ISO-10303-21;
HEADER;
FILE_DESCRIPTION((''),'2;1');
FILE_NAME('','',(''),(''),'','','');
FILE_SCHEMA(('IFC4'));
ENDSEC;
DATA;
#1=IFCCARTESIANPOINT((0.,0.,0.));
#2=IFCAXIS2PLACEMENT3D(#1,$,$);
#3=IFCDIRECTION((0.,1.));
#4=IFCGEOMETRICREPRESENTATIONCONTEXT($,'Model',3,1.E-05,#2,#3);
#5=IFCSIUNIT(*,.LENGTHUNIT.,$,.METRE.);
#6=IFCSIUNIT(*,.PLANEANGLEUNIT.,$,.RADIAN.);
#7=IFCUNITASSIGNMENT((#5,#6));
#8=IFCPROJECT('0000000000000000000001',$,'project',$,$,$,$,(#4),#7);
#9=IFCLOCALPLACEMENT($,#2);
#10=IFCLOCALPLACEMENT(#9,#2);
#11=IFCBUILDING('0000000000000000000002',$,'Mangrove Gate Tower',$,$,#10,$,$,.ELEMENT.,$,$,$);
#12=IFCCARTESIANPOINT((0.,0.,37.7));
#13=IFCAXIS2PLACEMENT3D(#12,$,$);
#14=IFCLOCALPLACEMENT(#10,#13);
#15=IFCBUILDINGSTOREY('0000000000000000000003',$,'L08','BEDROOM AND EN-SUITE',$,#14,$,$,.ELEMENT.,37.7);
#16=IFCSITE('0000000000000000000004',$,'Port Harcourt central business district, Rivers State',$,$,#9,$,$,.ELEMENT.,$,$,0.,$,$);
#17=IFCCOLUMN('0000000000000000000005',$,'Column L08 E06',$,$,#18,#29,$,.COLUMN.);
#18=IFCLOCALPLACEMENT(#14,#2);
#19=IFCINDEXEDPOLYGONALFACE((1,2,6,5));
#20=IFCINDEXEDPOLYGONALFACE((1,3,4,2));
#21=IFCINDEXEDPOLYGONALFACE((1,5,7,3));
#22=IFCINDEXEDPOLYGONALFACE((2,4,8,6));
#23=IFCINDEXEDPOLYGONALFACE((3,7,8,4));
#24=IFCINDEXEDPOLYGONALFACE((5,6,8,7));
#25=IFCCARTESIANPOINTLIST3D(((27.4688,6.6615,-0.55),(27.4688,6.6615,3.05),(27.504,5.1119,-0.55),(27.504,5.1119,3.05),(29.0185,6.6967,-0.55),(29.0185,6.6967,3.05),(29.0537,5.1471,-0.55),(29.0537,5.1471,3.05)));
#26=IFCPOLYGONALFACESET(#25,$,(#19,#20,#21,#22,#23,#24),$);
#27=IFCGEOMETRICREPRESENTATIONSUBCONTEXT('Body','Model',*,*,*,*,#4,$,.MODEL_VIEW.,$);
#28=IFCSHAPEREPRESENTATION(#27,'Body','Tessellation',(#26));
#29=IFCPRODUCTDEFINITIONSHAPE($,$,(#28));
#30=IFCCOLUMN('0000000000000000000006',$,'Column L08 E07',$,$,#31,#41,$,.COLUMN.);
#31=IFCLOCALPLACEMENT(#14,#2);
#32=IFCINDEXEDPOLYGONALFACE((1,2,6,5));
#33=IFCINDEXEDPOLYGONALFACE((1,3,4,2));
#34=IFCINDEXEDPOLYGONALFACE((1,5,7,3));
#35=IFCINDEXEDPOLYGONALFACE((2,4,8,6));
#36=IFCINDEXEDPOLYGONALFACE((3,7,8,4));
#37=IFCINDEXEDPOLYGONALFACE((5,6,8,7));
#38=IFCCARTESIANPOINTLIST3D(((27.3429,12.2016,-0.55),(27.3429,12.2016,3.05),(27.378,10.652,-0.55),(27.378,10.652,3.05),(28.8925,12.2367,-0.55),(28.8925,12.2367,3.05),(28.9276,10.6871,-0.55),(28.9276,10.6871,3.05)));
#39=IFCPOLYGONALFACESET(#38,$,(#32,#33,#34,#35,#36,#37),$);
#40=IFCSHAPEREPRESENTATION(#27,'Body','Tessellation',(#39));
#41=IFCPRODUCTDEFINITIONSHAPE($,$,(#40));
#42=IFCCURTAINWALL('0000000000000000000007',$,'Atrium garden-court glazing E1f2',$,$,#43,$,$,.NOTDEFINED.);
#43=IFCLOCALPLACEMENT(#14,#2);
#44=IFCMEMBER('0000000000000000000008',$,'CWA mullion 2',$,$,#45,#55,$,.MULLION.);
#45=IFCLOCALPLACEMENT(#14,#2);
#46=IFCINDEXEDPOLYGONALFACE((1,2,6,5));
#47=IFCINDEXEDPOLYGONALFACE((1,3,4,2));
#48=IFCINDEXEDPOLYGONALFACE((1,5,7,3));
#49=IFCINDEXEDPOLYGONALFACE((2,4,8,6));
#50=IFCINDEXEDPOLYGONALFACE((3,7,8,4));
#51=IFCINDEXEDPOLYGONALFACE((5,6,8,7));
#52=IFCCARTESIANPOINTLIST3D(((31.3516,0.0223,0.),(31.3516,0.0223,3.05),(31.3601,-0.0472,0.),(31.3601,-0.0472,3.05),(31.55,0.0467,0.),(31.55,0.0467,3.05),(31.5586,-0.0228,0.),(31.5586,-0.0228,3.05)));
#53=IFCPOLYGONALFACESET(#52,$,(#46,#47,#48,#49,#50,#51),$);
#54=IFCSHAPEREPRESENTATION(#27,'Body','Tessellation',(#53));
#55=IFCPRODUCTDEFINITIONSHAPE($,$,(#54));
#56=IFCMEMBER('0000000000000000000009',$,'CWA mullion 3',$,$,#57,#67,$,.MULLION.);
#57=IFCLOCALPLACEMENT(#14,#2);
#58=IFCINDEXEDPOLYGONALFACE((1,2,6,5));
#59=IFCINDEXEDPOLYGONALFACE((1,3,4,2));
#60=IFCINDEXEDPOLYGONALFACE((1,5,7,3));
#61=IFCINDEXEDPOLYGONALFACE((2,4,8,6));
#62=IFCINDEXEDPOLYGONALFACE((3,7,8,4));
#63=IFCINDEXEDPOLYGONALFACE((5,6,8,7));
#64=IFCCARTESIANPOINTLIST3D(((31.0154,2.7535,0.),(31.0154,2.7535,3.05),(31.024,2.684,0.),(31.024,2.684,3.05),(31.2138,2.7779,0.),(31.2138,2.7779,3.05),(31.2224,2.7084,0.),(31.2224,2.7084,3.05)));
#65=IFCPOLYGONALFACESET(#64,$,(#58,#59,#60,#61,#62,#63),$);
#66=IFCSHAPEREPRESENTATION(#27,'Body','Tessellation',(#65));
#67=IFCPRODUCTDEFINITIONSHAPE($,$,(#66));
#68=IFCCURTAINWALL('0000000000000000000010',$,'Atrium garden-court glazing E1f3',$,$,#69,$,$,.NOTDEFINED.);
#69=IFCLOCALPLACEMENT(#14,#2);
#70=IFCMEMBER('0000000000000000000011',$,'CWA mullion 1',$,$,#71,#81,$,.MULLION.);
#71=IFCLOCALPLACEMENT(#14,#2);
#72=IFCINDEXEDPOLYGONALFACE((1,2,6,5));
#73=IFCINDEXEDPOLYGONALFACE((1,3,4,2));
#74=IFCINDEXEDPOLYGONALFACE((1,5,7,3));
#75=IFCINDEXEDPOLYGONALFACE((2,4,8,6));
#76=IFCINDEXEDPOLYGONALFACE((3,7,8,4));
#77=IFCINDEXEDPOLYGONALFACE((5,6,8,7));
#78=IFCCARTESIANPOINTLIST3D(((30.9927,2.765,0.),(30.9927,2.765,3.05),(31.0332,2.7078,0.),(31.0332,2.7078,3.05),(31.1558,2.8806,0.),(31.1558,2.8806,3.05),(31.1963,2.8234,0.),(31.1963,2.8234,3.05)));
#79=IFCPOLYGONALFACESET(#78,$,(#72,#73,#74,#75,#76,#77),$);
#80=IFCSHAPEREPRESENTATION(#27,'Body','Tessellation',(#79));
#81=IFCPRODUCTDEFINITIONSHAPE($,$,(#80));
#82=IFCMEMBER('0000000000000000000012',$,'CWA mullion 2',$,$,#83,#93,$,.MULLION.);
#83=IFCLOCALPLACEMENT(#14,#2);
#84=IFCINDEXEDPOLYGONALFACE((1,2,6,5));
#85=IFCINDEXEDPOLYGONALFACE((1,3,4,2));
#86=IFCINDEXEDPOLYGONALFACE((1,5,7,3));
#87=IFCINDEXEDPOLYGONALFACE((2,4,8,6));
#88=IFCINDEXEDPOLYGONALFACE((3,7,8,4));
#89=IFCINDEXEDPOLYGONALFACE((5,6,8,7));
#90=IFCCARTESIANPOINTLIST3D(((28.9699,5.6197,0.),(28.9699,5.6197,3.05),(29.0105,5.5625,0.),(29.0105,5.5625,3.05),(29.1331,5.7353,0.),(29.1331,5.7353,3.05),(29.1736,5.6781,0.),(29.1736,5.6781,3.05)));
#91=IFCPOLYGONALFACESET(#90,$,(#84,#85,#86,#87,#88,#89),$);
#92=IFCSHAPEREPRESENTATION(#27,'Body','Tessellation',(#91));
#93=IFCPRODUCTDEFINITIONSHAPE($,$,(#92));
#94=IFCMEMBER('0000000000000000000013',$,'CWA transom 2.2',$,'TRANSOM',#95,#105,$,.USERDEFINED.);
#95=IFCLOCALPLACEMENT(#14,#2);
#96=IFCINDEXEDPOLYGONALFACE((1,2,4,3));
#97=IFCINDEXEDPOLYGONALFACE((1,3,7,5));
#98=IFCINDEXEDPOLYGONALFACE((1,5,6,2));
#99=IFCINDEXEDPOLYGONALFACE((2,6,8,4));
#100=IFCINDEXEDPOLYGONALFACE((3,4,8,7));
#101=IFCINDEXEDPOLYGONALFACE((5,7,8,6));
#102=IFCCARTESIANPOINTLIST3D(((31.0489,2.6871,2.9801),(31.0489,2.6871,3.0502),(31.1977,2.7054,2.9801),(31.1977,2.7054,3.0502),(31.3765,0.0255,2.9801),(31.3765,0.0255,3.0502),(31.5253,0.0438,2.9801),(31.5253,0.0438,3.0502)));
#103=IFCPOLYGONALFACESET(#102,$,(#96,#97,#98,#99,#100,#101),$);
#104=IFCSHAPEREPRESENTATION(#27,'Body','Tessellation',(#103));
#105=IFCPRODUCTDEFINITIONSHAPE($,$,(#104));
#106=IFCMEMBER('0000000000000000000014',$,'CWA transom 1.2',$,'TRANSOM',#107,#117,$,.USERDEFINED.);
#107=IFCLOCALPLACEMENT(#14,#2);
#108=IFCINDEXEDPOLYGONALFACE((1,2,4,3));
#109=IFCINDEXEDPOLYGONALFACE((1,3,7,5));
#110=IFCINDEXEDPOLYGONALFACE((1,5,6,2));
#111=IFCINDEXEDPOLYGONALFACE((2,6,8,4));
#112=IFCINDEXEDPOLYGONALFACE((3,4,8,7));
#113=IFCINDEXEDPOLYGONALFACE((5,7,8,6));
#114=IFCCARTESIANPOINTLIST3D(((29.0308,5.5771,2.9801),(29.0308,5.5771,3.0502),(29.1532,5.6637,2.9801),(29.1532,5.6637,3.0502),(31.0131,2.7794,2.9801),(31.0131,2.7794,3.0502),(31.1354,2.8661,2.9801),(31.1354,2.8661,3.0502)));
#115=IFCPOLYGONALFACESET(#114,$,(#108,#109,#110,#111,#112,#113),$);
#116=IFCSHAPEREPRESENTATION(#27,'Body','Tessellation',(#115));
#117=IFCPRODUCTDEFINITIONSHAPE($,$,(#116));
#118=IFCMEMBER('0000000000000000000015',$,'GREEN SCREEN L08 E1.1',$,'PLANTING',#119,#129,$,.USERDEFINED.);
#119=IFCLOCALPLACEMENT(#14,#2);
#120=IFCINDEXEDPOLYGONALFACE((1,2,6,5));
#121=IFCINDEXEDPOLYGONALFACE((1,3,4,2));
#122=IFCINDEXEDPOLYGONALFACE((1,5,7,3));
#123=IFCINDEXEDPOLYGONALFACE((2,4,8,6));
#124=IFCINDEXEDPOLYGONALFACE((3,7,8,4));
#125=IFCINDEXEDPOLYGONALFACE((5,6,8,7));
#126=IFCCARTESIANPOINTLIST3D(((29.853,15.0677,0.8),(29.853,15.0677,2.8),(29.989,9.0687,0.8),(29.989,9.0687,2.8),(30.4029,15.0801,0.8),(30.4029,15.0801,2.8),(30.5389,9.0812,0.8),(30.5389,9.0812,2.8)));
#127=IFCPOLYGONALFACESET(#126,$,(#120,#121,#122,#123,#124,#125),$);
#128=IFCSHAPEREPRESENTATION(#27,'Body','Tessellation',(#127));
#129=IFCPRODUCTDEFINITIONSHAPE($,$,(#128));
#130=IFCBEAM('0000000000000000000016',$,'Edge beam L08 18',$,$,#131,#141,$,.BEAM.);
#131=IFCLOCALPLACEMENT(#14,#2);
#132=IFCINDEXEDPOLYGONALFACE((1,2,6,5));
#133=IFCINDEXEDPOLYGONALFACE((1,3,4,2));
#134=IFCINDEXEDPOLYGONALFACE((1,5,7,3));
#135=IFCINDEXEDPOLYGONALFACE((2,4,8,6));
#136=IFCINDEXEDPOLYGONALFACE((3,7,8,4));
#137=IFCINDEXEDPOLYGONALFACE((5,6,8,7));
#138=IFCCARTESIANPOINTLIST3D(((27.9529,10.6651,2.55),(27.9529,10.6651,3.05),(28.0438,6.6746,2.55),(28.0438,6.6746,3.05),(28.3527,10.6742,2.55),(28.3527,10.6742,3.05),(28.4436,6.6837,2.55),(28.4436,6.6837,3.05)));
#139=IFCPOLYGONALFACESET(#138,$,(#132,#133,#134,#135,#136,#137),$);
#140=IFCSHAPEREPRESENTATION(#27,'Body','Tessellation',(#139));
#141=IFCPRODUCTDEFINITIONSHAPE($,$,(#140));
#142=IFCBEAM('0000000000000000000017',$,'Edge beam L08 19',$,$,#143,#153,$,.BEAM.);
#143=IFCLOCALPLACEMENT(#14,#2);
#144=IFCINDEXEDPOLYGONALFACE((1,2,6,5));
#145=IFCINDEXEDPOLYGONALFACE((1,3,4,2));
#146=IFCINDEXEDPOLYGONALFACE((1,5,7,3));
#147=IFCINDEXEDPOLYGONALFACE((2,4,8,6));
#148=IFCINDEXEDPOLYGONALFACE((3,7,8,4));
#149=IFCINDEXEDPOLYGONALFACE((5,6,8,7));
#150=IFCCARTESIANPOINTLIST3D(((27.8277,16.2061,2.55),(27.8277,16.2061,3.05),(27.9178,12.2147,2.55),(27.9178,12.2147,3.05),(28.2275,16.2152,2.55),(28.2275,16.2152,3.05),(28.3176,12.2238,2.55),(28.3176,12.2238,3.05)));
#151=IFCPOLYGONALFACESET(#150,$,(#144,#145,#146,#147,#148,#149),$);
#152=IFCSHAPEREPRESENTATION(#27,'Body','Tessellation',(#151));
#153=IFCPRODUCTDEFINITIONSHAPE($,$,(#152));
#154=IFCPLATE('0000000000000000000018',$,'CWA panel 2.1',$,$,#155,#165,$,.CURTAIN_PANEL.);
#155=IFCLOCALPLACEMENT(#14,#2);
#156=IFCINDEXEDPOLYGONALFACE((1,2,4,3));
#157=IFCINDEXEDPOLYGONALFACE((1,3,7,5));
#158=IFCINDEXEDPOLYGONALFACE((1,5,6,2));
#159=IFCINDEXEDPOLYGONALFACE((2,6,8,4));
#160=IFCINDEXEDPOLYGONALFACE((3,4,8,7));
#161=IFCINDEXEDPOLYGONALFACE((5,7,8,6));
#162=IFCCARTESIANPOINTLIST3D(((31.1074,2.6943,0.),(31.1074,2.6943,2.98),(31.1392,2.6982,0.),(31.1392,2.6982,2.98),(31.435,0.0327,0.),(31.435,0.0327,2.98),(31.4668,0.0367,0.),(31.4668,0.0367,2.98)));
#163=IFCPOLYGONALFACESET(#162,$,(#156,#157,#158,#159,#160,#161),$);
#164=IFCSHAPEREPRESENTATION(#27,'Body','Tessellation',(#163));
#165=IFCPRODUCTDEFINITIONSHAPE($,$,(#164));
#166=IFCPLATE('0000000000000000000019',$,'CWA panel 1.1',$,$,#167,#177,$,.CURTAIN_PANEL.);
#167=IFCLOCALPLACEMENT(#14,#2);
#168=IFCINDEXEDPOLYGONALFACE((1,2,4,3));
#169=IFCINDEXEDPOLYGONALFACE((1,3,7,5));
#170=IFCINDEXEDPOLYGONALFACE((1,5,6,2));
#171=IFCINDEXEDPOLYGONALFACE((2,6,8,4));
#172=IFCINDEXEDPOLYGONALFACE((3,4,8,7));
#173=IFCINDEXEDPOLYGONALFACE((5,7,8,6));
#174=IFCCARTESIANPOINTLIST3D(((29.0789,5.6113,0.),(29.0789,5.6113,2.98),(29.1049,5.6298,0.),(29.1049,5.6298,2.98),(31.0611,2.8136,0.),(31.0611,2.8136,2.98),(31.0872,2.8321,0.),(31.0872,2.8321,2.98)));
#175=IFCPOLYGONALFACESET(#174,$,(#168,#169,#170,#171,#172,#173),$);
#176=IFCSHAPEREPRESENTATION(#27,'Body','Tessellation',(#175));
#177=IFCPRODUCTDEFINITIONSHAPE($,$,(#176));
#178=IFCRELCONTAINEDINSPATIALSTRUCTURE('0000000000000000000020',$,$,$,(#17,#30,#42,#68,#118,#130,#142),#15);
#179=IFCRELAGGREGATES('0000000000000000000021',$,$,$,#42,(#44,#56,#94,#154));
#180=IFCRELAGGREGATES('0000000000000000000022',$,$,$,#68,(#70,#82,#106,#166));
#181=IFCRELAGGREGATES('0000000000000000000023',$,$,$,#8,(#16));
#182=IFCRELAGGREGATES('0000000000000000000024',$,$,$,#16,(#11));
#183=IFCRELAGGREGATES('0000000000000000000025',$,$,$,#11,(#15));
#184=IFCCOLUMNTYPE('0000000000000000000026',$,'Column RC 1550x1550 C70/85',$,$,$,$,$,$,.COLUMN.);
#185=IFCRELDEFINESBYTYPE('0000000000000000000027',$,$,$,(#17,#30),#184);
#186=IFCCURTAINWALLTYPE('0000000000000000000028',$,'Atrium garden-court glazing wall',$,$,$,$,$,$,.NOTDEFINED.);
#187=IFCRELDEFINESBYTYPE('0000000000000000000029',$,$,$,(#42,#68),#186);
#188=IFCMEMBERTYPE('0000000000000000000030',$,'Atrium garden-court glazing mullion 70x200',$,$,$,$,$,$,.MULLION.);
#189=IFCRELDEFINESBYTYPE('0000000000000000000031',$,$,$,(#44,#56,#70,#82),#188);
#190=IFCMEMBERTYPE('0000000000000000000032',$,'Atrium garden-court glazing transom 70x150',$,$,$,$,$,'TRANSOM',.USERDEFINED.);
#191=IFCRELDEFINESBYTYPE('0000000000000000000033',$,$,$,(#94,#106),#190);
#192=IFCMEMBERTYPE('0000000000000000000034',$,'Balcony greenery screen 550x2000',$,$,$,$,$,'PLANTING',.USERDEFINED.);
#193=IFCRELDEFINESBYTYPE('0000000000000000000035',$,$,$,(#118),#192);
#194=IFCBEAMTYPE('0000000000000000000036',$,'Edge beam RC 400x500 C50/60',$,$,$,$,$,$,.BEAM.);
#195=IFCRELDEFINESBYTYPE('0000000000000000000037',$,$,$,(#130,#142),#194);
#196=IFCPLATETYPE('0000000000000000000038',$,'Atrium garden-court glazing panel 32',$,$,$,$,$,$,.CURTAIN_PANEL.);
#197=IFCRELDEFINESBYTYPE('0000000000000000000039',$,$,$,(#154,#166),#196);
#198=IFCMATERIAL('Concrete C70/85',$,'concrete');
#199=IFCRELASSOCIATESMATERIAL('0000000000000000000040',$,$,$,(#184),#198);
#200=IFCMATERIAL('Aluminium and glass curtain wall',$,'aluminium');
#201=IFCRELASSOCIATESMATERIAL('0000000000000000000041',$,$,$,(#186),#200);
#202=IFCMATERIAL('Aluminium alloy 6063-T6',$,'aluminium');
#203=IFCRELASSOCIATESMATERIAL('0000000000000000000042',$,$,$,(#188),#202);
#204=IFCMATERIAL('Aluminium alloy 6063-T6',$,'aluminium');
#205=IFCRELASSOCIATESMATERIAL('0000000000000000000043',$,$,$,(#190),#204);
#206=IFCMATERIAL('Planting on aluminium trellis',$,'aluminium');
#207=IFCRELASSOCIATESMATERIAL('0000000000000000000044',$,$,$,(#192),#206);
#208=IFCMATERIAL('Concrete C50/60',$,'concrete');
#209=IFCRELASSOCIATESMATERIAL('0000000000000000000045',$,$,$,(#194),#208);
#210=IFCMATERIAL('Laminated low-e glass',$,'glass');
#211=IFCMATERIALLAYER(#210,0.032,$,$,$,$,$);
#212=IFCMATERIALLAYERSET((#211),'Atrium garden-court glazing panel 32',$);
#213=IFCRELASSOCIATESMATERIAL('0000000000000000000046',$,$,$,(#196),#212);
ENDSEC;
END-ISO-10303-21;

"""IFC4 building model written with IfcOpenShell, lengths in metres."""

from ifc_helpers import new_model, si_unit, direction, frame, origin, origin_2d, place, context, subcontext, project, spatial, rectangle, extrude, material, layer, layer_set, material_profile, profile_set, type_object, element, aggregate, save


model = new_model("IFC4")

# Units and contexts
model_context = context("Model", 3, precision=1e-05, world=origin(), true_north=direction((0.0, 1.0)))
body_context = subcontext(model_context, "Body", "Model", "MODEL_VIEW")
ifc_project = project(units=[si_unit("LENGTHUNIT", "METRE"), si_unit("PLANEANGLEUNIT", "RADIAN")], contexts=[model_context])

# Site, building, storey
site_placement = place(None, origin())
site = spatial("IfcSite", under=ifc_project, at=site_placement, Name="Port Harcourt central business district, Rivers State", CompositionType="ELEMENT", RefElevation=0.0)
building_placement = place(site_placement, origin())
building = spatial("IfcBuilding", under=site, at=building_placement, Name="Mangrove Gate Tower", CompositionType="ELEMENT")
storey_placement = place(building_placement, frame((0.0, 0.0, 37.7)))
storey = spatial("IfcBuildingStorey", under=building, at=storey_placement, Name="L08", Description="BEDROOM AND EN-SUITE", CompositionType="ELEMENT", Elevation=37.7)

# Columns
ifc_material_1 = material(Name="Concrete C70/85", Category="concrete")
ifc_material_profile_1 = material_profile(ifc_material_1, rectangle(XDim=1.55, YDim=1.55, at=origin_2d()))
ifc_profile_set_1 = profile_set([ifc_material_profile_1], Name="Concrete C70/85")
column_type = type_object("IfcColumnType", Name="Column RC 1550x1550 C70/85", PredefinedType="COLUMN", material=ifc_profile_set_1)
for number, where, z_axis, x_axis, name in (
    (1, (28.2612, 5.9043, -0.55), (0.0, 0.0, 1.0), (-0.022704, 0.999742, 0.0), "Column L08 E06"),
    (2, (28.1353, 11.4443, -0.55), (0.0, 0.0, 1.0), (-0.022646, 0.999744, 0.0), "Column L08 E07"),
):
    element("IfcColumn", number, at=place(storey_placement, frame(where, z_axis=z_axis, x_axis=x_axis)), inside=storey, type_object=column_type, Name=name, PredefinedType="COLUMN", context=body_context, shape_type="SweptSolid", body=[
        extrude(rectangle(XDim=1.55, YDim=1.55, at=origin_2d()), origin(), (0.0, 0.0, 1.0), 3.6001),
    ])

# Curtain walls, members
ifc_material_2 = material(Name="Aluminium and glass curtain wall", Category="aluminium")
curtain_wall_type = type_object("IfcCurtainWallType", Name="Atrium garden-court glazing wall", PredefinedType="NOTDEFINED", material=ifc_material_2)
curtain_wall_1_placement = place(storey_placement, origin())
curtain_wall_1 = element("IfcCurtainWall", 3, at=curtain_wall_1_placement, inside=storey, type_object=curtain_wall_type, Name="Atrium garden-court glazing E1f2", PredefinedType="NOTDEFINED")
ifc_material_3 = material(Name="Aluminium alloy 6063-T6", Category="aluminium")
ifc_material_profile_2 = material_profile(ifc_material_3, rectangle(XDim=0.0701, YDim=0.2, at=origin_2d()))
ifc_profile_set_2 = profile_set([ifc_material_profile_2], Name="Aluminium alloy 6063-T6")
member_type_1 = type_object("IfcMemberType", Name="Atrium garden-court glazing mullion 70x200", PredefinedType="MULLION", material=ifc_profile_set_2)
member_1_placement = place(storey_placement, frame((31.4551, -0.0002, 0.0), z_axis=(0.0, 0.0, 1.0), x_axis=(-0.122172, 0.992509, 0.0)))
member_1 = element("IfcMember", 4, at=member_1_placement, type_object=member_type_1, Name="CWA mullion 2", PredefinedType="MULLION", context=body_context, shape_type="SweptSolid", body=[
    extrude(rectangle(XDim=0.0701, YDim=0.2, at=origin_2d()), origin(), (0.0, 0.0, 1.0), 3.05),
])
member_2_placement = place(storey_placement, frame((31.1189, 2.731, 0.0), z_axis=(0.0, 0.0, 1.0), x_axis=(-0.122172, 0.992509, 0.0)))
member_2 = element("IfcMember", 5, at=member_2_placement, type_object=member_type_1, Name="CWA mullion 3", PredefinedType="MULLION", context=body_context, shape_type="SweptSolid", body=[
    extrude(rectangle(XDim=0.0701, YDim=0.2, at=origin_2d()), origin(), (0.0, 0.0, 1.0), 3.05),
])
curtain_wall_2_placement = place(storey_placement, origin())
curtain_wall_2 = element("IfcCurtainWall", 6, at=curtain_wall_2_placement, inside=storey, type_object=curtain_wall_type, Name="Atrium garden-court glazing E1f3", PredefinedType="NOTDEFINED")
member_3_placement = place(storey_placement, frame((31.0945, 2.7942, 0.0), z_axis=(0.0, 0.0, 1.0), x_axis=(-0.578123, 0.81595, 0.0)))
member_3 = element("IfcMember", 7, at=member_3_placement, type_object=member_type_1, Name="CWA mullion 1", PredefinedType="MULLION", context=body_context, shape_type="SweptSolid", body=[
    extrude(rectangle(XDim=0.0701, YDim=0.2, at=origin_2d()), origin(), (0.0, 0.0, 1.0), 3.05),
])
member_4_placement = place(storey_placement, frame((29.0718, 5.6489, 0.0), z_axis=(0.0, 0.0, 1.0), x_axis=(-0.578123, 0.81595, 0.0)))
member_4 = element("IfcMember", 8, at=member_4_placement, type_object=member_type_1, Name="CWA mullion 2", PredefinedType="MULLION", context=body_context, shape_type="SweptSolid", body=[
    extrude(rectangle(XDim=0.0701, YDim=0.2, at=origin_2d()), origin(), (0.0, 0.0, 1.0), 3.05),
])

# Members
ifc_material_4 = material(Name="Aluminium alloy 6063-T6", Category="aluminium")
ifc_material_profile_3 = material_profile(ifc_material_4, rectangle(XDim=0.0701, YDim=0.1499, at=origin_2d()))
ifc_profile_set_3 = profile_set([ifc_material_profile_3], Name="Aluminium alloy 6063-T6")
member_type_2 = type_object("IfcMemberType", Name="Atrium garden-court glazing transom 70x150", ElementType="TRANSOM", PredefinedType="USERDEFINED", material=ifc_profile_set_3)
member_5_placement = place(storey_placement, frame((31.4509, 0.0347, 3.0151), z_axis=(-0.122175, 0.992509, 0.0), x_axis=(0.0, 0.0, 1.0)))
member_5 = element("IfcMember", 9, at=member_5_placement, type_object=member_type_2, Name="CWA transom 2.2", ObjectType="TRANSOM", PredefinedType="USERDEFINED", context=body_context, shape_type="SweptSolid", body=[
    extrude(rectangle(XDim=0.0701, YDim=0.1499, at=origin_2d()), origin(), (0.0, 0.0, 1.0), 2.6816),
])
member_6_placement = place(storey_placement, frame((31.0742, 2.8228, 3.0151), z_axis=(-0.578122, 0.81595, 0.0), x_axis=(0.0, 0.0, 1.0)))
member_6 = element("IfcMember", 10, at=member_6_placement, type_object=member_type_2, Name="CWA transom 1.2", ObjectType="TRANSOM", PredefinedType="USERDEFINED", context=body_context, shape_type="SweptSolid", body=[
    extrude(rectangle(XDim=0.0701, YDim=0.1499, at=origin_2d()), origin(), (0.0, 0.0, 1.0), 3.4287),
])
ifc_material_5 = material(Name="Planting on aluminium trellis", Category="aluminium")
ifc_material_profile_4 = material_profile(ifc_material_5, rectangle(XDim=0.55, YDim=2.0, at=origin_2d()))
ifc_profile_set_4 = profile_set([ifc_material_profile_4], Name="Planting on aluminium trellis")
member_type_3 = type_object("IfcMemberType", Name="Balcony greenery screen 550x2000", ElementType="PLANTING", PredefinedType="USERDEFINED", material=ifc_profile_set_4)
member_7_placement = place(storey_placement, frame((30.2639, 9.075, 1.8), z_axis=(-0.022662, 0.999743, 0.0), x_axis=(-0.999743, -0.022662, 0.0)))
element("IfcMember", 11, at=member_7_placement, inside=storey, type_object=member_type_3, Name="GREEN SCREEN L08 E1.1", ObjectType="PLANTING", PredefinedType="USERDEFINED", context=body_context, shape_type="SweptSolid", body=[
    extrude(rectangle(XDim=0.55, YDim=2.0, at=origin_2d()), origin(), (0.0, 0.0, 1.0), 6.0005),
])

# Beams
ifc_material_6 = material(Name="Concrete C50/60", Category="concrete")
ifc_material_profile_5 = material_profile(ifc_material_6, rectangle(XDim=0.3999, YDim=0.5, at=origin_2d()))
ifc_profile_set_5 = profile_set([ifc_material_profile_5], Name="Concrete C50/60")
beam_type = type_object("IfcBeamType", Name="Edge beam RC 400x500 C50/60", PredefinedType="BEAM", material=ifc_profile_set_5)
beam_1_placement = place(storey_placement, frame((28.2437, 6.6792, 2.8), z_axis=(-0.022753, 0.999741, 0.0), x_axis=(-0.999741, -0.022753, 0.0)))
element("IfcBeam", 12, at=beam_1_placement, inside=storey, type_object=beam_type, Name="Edge beam L08 18", PredefinedType="BEAM", context=body_context, shape_type="SweptSolid", body=[
    extrude(rectangle(XDim=0.3999, YDim=0.5, at=origin_2d()), origin(), (0.0, 0.0, 1.0), 3.9915),
])
beam_2_placement = place(storey_placement, frame((28.1177, 12.2192, 2.8), z_axis=(-0.022564, 0.999745, 0.0), x_axis=(-0.999745, -0.022564, 0.0)))
element("IfcBeam", 13, at=beam_2_placement, inside=storey, type_object=beam_type, Name="Edge beam L08 19", PredefinedType="BEAM", context=body_context, shape_type="SweptSolid", body=[
    extrude(rectangle(XDim=0.3999, YDim=0.5, at=origin_2d()), origin(), (0.0, 0.0, 1.0), 3.9924),
])

# Plates
ifc_material_7 = material(Name="Laminated low-e glass", Category="glass")
ifc_layer_1 = layer(ifc_material_7, 0.032)
ifc_layer_set_1 = layer_set([ifc_layer_1], Name="Atrium garden-court glazing panel 32")
plate_type = type_object("IfcPlateType", Name="Atrium garden-court glazing panel 32", PredefinedType="CURTAIN_PANEL", material=ifc_layer_set_1)
plate_1_placement = place(storey_placement, frame((31.2871, 1.3655, 0.0), z_axis=(0.0, 0.0, 1.0), x_axis=(-0.122172, 0.992509, 0.0)))
plate_1 = element("IfcPlate", 14, at=plate_1_placement, type_object=plate_type, Name="CWA panel 2.1", PredefinedType="CURTAIN_PANEL", context=body_context, shape_type="SweptSolid", body=[
    extrude(rectangle(XDim=2.6816, YDim=0.032, at=origin_2d()), origin(), (0.0, 0.0, 1.0), 2.98),
])
aggregate(curtain_wall_1, [member_1, member_2, member_5, plate_1])
plate_2_placement = place(storey_placement, frame((30.083, 4.2217, 0.0), z_axis=(0.0, 0.0, 1.0), x_axis=(-0.578123, 0.81595, 0.0)))
plate_2 = element("IfcPlate", 15, at=plate_2_placement, type_object=plate_type, Name="CWA panel 1.1", PredefinedType="CURTAIN_PANEL", context=body_context, shape_type="SweptSolid", body=[
    extrude(rectangle(XDim=3.4287, YDim=0.032, at=origin_2d()), origin(), (0.0, 0.0, 1.0), 2.98),
])
aggregate(curtain_wall_2, [member_3, member_4, member_6, plate_2])

save(model, "model.ifc")
